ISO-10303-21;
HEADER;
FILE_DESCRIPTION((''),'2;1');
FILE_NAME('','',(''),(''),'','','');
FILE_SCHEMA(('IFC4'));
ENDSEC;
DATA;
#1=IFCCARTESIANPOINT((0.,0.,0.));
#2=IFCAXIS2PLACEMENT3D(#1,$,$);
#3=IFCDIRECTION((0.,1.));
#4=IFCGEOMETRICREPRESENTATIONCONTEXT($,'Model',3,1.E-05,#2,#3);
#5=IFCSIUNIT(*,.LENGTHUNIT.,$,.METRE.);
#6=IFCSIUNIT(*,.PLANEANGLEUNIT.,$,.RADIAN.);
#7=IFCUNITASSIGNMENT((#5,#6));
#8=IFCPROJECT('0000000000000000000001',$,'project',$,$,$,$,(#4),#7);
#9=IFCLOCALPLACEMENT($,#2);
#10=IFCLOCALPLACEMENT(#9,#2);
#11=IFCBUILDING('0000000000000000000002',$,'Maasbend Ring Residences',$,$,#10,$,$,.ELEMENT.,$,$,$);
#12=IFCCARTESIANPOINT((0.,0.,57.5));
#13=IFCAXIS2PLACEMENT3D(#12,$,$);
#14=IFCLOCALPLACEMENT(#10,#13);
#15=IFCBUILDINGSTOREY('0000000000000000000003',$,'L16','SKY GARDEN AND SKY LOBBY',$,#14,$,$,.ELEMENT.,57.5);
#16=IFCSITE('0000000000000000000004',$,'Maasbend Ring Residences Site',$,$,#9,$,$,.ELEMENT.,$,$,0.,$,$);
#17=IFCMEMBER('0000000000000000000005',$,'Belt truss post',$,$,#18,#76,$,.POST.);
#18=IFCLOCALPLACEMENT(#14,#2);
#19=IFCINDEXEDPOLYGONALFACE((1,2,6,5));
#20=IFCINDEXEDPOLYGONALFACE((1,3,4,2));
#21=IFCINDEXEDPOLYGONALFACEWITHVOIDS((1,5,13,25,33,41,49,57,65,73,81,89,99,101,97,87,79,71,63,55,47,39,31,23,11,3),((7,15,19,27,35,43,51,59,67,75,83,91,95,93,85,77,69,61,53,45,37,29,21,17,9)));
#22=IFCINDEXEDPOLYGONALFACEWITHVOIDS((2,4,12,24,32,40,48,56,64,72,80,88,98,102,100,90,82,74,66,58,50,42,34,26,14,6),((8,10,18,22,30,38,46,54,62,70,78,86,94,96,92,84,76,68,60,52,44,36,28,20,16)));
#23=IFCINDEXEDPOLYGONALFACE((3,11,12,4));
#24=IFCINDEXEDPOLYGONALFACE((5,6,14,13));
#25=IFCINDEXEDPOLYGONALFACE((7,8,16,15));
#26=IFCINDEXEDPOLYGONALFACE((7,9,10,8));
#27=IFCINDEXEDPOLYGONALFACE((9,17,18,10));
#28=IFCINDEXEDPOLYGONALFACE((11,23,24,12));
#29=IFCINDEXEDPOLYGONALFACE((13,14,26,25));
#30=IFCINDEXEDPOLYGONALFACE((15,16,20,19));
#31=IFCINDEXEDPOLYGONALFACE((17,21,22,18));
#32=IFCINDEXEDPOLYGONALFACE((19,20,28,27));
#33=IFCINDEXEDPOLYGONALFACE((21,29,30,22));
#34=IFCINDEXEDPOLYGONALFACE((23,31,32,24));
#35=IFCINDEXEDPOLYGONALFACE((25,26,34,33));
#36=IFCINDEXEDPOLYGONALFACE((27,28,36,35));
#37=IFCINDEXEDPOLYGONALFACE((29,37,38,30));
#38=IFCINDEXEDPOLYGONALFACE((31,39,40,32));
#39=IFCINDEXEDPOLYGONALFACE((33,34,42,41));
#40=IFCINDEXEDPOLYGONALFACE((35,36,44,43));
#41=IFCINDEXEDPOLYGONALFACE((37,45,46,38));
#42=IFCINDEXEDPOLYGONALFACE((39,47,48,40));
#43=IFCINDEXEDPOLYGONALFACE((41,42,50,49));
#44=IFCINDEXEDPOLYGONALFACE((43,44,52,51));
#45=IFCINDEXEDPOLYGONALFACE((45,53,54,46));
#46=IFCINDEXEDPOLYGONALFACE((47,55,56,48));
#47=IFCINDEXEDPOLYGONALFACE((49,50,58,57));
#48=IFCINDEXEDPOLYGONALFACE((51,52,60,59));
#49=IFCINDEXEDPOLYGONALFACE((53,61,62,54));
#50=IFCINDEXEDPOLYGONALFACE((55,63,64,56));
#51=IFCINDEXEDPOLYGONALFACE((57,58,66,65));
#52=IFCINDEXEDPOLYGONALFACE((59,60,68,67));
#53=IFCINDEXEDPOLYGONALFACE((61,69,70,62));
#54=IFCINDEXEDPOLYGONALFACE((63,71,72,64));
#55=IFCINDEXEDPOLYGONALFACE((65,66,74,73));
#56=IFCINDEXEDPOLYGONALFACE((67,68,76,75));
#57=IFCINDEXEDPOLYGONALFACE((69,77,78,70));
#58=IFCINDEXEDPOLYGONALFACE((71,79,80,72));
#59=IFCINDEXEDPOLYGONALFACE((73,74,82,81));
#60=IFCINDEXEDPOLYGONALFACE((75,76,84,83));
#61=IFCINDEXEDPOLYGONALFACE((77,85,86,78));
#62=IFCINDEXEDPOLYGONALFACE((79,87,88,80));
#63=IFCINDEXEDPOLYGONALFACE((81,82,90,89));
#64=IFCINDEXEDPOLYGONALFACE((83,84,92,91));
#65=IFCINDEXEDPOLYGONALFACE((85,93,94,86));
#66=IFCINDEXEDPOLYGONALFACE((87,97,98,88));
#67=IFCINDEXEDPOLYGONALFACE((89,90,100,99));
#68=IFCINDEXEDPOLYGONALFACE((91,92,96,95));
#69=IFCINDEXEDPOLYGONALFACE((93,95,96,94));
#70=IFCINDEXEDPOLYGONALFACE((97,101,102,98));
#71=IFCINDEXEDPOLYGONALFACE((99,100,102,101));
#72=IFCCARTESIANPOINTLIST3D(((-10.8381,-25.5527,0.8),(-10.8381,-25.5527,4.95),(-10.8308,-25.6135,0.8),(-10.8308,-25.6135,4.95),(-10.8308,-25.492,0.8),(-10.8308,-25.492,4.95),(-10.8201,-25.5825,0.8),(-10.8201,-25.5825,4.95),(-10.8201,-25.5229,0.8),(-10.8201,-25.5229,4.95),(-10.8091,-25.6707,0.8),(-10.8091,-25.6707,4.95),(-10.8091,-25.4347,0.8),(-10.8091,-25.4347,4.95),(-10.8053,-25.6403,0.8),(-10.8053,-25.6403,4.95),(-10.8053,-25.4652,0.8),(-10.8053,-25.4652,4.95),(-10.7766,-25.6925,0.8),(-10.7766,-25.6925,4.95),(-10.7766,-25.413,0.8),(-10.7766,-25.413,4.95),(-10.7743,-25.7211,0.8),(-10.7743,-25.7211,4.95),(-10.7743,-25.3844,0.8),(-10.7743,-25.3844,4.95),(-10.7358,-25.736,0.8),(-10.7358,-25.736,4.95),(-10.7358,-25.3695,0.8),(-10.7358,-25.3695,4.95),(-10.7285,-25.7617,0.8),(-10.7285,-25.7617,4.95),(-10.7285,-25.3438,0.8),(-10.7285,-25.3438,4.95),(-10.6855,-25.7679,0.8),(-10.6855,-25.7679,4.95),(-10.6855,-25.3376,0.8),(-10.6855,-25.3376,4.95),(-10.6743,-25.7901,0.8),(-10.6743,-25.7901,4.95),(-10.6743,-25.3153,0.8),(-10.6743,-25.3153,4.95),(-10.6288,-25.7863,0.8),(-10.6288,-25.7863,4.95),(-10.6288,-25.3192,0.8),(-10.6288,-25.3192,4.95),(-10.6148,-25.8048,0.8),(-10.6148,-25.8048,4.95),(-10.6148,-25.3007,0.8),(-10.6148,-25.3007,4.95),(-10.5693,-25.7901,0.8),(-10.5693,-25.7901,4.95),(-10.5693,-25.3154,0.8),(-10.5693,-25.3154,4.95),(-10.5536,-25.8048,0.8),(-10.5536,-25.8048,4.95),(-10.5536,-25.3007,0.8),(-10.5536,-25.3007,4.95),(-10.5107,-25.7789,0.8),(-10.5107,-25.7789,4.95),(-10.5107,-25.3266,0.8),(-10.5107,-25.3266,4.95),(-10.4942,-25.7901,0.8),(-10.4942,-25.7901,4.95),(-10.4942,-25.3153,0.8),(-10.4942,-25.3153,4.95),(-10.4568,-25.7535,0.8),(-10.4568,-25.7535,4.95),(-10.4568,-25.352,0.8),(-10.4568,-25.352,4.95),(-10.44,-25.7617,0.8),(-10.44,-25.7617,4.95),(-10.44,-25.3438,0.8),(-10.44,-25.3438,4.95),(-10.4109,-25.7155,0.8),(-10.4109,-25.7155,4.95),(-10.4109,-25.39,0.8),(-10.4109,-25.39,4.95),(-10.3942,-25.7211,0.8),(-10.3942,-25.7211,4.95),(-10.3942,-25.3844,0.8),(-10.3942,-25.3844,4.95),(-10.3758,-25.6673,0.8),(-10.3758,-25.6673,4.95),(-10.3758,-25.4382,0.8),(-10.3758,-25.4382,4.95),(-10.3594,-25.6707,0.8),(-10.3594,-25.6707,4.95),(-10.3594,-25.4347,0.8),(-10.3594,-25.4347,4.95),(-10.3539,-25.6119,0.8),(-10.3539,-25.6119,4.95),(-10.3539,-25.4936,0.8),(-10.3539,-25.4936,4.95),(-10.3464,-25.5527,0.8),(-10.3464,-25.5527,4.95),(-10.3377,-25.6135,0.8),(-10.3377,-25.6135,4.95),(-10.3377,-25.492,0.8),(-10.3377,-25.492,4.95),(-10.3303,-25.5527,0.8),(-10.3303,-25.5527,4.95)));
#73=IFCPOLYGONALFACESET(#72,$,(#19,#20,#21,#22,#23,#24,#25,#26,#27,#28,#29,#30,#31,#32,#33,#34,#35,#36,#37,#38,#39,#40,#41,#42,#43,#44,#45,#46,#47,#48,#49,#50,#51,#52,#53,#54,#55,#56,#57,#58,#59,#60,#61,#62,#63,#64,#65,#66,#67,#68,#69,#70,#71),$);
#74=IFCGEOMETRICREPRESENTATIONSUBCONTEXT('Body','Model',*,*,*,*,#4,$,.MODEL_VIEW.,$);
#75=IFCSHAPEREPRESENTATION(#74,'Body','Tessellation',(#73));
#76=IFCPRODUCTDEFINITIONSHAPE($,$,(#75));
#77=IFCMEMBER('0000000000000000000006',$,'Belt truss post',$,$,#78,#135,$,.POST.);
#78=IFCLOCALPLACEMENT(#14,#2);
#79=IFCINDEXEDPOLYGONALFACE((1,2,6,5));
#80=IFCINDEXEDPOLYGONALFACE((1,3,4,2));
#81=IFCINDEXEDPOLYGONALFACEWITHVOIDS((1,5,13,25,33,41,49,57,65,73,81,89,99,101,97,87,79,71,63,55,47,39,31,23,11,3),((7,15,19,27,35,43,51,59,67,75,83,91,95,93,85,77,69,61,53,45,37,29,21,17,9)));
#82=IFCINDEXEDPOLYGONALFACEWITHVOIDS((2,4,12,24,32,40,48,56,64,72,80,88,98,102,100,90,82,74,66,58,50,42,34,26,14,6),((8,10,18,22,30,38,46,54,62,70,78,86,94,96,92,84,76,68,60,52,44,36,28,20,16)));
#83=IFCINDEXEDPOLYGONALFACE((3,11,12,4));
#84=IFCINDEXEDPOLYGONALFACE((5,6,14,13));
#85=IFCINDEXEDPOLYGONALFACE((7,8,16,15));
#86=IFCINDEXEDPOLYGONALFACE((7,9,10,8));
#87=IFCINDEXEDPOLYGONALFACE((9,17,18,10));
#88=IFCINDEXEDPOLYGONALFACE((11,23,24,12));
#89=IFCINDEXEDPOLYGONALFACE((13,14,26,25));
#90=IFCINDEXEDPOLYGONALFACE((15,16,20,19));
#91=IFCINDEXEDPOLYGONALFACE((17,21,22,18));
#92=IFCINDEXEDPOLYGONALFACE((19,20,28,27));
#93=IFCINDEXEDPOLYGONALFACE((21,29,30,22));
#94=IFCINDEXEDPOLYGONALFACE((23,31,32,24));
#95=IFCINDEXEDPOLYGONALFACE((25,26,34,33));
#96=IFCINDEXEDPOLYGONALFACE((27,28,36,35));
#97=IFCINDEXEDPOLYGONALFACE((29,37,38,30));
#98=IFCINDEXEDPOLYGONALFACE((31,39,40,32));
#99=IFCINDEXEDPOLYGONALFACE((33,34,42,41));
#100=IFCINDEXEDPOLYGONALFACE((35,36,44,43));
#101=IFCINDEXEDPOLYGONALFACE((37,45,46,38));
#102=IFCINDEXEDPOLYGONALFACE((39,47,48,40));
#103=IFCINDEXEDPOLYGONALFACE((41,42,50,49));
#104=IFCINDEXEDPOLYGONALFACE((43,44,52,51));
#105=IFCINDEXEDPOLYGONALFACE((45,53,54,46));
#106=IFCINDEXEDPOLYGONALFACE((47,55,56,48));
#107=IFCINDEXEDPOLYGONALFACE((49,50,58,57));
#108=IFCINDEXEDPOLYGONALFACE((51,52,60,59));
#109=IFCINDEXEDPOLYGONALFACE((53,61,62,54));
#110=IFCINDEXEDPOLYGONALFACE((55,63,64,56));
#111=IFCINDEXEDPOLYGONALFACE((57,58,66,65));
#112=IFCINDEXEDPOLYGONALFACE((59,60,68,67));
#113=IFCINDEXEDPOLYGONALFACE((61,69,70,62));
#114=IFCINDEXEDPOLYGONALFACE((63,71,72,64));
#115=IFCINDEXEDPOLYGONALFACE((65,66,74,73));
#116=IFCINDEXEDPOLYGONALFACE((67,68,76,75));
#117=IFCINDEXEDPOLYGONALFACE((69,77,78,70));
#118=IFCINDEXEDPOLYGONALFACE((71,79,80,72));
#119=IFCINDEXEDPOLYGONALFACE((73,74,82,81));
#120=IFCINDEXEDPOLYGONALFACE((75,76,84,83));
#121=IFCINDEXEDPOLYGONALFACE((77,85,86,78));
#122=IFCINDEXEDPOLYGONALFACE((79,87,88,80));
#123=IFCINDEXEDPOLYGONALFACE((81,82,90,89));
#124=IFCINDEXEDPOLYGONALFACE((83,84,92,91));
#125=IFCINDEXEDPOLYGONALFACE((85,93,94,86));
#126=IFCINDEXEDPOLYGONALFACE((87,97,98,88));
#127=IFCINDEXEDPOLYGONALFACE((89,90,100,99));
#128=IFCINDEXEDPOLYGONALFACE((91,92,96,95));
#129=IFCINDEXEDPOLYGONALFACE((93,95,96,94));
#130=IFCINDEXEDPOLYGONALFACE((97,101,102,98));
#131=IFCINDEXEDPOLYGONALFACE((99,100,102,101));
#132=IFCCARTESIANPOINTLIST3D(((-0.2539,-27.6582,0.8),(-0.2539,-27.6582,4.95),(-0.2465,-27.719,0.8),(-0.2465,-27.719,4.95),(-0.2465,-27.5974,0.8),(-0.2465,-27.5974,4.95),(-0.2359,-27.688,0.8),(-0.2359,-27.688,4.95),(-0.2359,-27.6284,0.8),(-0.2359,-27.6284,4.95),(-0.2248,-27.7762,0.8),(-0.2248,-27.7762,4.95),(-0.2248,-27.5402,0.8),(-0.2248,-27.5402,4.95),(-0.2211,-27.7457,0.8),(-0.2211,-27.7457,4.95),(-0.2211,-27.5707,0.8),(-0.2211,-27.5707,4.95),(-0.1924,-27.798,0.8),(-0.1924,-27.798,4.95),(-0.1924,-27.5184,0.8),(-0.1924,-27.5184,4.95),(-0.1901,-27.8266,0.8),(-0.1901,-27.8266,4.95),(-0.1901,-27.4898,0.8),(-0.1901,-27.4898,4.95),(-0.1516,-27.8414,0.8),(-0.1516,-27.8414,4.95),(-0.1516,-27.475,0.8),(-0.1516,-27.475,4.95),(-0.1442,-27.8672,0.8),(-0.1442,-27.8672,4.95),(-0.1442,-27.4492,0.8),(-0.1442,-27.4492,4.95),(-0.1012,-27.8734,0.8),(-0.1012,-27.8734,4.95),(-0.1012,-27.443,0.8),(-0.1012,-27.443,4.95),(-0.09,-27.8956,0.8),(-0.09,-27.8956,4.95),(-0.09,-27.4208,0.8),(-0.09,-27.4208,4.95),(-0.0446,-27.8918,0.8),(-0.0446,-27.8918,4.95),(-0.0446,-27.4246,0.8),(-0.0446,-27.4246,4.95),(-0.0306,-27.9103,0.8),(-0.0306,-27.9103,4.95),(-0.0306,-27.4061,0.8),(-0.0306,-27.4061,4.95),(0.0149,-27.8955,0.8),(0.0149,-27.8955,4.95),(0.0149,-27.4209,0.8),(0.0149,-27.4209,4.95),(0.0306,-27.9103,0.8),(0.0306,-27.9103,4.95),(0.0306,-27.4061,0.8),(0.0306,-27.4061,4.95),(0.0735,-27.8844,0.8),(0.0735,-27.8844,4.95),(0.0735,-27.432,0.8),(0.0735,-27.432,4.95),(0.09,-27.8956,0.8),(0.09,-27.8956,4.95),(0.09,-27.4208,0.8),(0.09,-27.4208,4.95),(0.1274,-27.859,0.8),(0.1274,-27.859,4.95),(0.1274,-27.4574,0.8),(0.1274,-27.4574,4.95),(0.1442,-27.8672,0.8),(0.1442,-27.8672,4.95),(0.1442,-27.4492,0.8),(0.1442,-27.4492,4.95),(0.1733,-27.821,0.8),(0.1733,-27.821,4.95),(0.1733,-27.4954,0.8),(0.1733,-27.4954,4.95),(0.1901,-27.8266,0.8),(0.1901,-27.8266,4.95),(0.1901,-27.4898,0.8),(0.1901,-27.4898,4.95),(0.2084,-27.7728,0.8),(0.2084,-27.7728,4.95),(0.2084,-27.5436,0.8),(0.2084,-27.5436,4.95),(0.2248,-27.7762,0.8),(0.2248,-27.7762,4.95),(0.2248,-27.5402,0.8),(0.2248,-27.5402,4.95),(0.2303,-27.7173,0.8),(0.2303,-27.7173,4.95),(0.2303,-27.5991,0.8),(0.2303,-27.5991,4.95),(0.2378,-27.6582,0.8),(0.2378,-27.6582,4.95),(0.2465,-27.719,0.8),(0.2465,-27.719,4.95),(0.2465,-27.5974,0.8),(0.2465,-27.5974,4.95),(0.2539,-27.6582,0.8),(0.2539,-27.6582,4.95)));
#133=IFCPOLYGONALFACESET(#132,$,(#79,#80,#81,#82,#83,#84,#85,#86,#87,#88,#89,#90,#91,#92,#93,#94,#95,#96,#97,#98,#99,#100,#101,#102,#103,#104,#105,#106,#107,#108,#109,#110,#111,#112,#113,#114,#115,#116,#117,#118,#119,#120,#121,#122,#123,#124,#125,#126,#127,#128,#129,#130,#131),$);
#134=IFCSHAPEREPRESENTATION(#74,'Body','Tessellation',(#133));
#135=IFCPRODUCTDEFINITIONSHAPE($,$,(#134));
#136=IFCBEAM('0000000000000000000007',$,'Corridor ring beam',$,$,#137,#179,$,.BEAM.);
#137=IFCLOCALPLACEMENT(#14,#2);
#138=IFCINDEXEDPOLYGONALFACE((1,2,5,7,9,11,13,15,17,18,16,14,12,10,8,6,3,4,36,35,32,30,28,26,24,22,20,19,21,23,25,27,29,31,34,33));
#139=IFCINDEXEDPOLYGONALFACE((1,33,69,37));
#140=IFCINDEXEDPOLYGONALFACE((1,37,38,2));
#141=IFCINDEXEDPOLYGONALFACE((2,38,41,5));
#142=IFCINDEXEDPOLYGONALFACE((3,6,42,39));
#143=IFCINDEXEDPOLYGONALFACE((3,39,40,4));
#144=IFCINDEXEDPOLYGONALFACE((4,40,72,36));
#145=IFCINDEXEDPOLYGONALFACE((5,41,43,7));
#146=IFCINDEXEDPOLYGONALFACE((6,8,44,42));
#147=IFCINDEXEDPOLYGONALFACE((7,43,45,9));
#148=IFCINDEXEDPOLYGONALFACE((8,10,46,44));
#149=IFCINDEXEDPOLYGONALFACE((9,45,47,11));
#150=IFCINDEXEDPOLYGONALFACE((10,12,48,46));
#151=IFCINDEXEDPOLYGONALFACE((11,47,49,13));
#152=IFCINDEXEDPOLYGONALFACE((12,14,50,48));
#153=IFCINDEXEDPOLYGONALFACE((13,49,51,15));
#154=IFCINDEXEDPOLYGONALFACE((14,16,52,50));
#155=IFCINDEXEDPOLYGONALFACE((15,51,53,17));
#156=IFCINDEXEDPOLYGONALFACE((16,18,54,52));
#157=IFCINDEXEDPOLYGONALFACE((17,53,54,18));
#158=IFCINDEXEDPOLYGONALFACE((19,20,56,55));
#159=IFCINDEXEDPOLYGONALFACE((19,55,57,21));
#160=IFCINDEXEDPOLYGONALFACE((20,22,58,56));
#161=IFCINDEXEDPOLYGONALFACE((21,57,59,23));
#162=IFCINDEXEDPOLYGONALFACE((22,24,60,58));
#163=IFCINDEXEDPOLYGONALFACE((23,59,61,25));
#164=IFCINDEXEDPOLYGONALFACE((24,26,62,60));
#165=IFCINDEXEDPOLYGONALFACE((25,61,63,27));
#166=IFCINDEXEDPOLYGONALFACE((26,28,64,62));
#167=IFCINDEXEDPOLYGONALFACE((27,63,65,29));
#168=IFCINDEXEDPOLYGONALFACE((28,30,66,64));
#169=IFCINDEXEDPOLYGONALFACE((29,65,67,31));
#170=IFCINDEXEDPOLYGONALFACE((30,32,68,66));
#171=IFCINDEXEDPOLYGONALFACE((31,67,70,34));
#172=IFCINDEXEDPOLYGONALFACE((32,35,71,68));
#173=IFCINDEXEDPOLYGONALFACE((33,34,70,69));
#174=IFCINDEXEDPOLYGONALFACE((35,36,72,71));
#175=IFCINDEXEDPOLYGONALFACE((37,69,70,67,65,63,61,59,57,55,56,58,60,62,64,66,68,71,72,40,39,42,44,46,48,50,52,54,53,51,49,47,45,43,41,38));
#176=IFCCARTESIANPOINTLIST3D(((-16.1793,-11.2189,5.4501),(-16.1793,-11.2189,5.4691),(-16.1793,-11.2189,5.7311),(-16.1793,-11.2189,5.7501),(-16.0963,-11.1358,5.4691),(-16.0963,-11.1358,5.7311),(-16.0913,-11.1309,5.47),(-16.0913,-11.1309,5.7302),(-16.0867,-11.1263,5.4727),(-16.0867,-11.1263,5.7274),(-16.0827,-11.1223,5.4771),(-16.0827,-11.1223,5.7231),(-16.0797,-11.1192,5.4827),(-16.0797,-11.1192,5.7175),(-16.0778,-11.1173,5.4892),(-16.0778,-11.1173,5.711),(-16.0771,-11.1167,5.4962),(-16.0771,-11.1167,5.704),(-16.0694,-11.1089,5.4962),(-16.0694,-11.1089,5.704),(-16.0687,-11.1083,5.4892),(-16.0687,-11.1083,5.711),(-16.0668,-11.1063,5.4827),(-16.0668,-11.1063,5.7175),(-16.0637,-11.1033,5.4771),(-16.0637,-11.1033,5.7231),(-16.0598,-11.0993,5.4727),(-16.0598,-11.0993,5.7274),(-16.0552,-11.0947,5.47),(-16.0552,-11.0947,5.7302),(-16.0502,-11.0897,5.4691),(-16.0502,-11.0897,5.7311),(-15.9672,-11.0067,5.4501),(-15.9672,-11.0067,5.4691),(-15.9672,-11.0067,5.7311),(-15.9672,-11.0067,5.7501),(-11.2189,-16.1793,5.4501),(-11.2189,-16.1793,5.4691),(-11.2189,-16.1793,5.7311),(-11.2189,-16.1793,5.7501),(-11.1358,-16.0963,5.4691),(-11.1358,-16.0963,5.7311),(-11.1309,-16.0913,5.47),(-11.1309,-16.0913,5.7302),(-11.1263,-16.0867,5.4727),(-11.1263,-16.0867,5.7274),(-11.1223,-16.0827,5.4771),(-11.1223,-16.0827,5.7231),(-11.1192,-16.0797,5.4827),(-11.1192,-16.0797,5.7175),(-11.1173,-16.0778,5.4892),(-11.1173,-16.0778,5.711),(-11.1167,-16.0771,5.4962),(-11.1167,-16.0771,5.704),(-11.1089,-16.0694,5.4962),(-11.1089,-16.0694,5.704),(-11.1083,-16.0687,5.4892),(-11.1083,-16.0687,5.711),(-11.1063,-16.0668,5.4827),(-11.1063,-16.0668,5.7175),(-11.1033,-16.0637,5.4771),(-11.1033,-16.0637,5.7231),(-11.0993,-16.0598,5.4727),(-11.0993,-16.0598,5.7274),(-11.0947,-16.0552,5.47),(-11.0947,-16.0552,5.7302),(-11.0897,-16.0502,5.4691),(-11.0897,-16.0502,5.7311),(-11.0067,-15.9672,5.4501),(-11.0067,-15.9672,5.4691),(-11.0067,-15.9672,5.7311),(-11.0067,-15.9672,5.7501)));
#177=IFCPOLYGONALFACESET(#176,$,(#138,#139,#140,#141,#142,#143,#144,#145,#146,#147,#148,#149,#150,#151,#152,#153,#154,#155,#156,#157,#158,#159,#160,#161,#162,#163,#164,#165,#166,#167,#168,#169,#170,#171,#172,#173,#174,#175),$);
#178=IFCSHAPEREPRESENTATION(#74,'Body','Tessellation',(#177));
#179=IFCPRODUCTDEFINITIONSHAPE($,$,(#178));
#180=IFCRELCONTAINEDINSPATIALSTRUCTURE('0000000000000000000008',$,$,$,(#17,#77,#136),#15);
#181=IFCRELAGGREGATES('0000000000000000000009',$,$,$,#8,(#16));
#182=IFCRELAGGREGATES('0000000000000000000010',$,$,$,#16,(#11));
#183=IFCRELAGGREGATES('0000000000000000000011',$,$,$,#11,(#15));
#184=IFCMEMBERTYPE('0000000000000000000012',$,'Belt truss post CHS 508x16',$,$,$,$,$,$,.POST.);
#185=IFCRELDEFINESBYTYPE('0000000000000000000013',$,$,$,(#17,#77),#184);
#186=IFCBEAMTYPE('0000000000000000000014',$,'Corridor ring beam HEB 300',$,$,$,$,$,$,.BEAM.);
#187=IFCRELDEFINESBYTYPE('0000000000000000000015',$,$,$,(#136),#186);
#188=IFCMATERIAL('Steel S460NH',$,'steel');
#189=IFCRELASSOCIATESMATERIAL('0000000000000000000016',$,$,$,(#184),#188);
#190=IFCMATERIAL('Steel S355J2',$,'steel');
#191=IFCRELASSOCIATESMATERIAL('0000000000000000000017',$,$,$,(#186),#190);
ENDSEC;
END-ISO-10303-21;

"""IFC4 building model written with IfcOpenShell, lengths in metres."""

from ifc_helpers import new_model, si_unit, direction, frame, origin, origin_2d, place, context, subcontext, project, spatial, hollow_circle, i_section, extrude, material, material_profile, profile_set, type_object, element, save


model = new_model("IFC4")

# Units and contexts
model_context = context("Model", 3, precision=1e-05, world=origin(), true_north=direction((0.0, 1.0)))
body_context = subcontext(model_context, "Body", "Model", "MODEL_VIEW")
ifc_project = project(units=[si_unit("LENGTHUNIT", "METRE"), si_unit("PLANEANGLEUNIT", "RADIAN")], contexts=[model_context])

# Site, building, storey
site_placement = place(None, origin())
site = spatial("IfcSite", under=ifc_project, at=site_placement, Name="Maasbend Ring Residences Site", CompositionType="ELEMENT", RefElevation=0.0)
building_placement = place(site_placement, origin())
building = spatial("IfcBuilding", under=site, at=building_placement, Name="Maasbend Ring Residences", CompositionType="ELEMENT")
storey_placement = place(building_placement, frame((0.0, 0.0, 57.5)))
storey = spatial("IfcBuildingStorey", under=building, at=storey_placement, Name="L16", Description="SKY GARDEN AND SKY LOBBY", CompositionType="ELEMENT", Elevation=57.5)

# Members
ifc_material_1 = material(Name="Steel S460NH", Category="steel")
ifc_material_profile_1 = material_profile(ifc_material_1, hollow_circle(Radius=0.2539, WallThickness=0.0161, at=origin_2d()), Name="Belt truss post CHS 508x16")
ifc_profile_set_1 = profile_set([ifc_material_profile_1], Name="Steel S460NH")
member_type_1 = type_object("IfcMemberType", Name="Belt truss post CHS 508x16", PredefinedType="POST", material=ifc_profile_set_1)
for number, where, z_axis, x_axis, name in (
    (1, (-10.5842, -25.5527, 0.8), (0.0, 0.0, 1.0), (1.0, 0.0, 0.0), "Belt truss post"),
    (2, (0.0, -27.6582, 0.8), (0.0, 0.0, 1.0), (1.0, 0.0, 0.0), "Belt truss post"),
):
    element("IfcMember", number, at=place(storey_placement, frame(where, z_axis=z_axis, x_axis=x_axis)), inside=storey, type_object=member_type_1, Name=name, PredefinedType="POST", context=body_context, shape_type="SweptSolid", body=[
        extrude(hollow_circle(Radius=0.2539, WallThickness=0.0161, at=origin_2d()), origin(), (0.0, 0.0, 1.0), 4.1499),
    ])

# Beam
ifc_material_2 = material(Name="Steel S355J2", Category="steel")
ifc_material_profile_2 = material_profile(ifc_material_2, i_section(OverallWidth=0.3, OverallDepth=0.3, WebThickness=0.011, FlangeThickness=0.019, FilletRadius=0.0271, at=origin_2d()), Name="HEB 300")
ifc_profile_set_2 = profile_set([ifc_material_profile_2], Name="Steel S355J2")
beam_type_1 = type_object("IfcBeamType", Name="Corridor ring beam HEB 300", PredefinedType="BEAM", material=ifc_profile_set_2)
beam_1_placement = place(storey_placement, frame((-16.0732, -11.1128, 5.6001), z_axis=(0.707107, -0.707107, 0.0), x_axis=(0.707107, 0.707107, 0.0)))
element("IfcBeam", 3, at=beam_1_placement, inside=storey, type_object=beam_type_1, Name="Corridor ring beam", PredefinedType="BEAM", context=body_context, shape_type="SweptSolid", body=[
    extrude(i_section(OverallWidth=0.3, OverallDepth=0.3, WebThickness=0.011, FlangeThickness=0.019, FilletRadius=0.0271, at=origin_2d()), origin(), (0.0, 0.0, 1.0), 7.0151),
])

save(model, "model.ifc")
